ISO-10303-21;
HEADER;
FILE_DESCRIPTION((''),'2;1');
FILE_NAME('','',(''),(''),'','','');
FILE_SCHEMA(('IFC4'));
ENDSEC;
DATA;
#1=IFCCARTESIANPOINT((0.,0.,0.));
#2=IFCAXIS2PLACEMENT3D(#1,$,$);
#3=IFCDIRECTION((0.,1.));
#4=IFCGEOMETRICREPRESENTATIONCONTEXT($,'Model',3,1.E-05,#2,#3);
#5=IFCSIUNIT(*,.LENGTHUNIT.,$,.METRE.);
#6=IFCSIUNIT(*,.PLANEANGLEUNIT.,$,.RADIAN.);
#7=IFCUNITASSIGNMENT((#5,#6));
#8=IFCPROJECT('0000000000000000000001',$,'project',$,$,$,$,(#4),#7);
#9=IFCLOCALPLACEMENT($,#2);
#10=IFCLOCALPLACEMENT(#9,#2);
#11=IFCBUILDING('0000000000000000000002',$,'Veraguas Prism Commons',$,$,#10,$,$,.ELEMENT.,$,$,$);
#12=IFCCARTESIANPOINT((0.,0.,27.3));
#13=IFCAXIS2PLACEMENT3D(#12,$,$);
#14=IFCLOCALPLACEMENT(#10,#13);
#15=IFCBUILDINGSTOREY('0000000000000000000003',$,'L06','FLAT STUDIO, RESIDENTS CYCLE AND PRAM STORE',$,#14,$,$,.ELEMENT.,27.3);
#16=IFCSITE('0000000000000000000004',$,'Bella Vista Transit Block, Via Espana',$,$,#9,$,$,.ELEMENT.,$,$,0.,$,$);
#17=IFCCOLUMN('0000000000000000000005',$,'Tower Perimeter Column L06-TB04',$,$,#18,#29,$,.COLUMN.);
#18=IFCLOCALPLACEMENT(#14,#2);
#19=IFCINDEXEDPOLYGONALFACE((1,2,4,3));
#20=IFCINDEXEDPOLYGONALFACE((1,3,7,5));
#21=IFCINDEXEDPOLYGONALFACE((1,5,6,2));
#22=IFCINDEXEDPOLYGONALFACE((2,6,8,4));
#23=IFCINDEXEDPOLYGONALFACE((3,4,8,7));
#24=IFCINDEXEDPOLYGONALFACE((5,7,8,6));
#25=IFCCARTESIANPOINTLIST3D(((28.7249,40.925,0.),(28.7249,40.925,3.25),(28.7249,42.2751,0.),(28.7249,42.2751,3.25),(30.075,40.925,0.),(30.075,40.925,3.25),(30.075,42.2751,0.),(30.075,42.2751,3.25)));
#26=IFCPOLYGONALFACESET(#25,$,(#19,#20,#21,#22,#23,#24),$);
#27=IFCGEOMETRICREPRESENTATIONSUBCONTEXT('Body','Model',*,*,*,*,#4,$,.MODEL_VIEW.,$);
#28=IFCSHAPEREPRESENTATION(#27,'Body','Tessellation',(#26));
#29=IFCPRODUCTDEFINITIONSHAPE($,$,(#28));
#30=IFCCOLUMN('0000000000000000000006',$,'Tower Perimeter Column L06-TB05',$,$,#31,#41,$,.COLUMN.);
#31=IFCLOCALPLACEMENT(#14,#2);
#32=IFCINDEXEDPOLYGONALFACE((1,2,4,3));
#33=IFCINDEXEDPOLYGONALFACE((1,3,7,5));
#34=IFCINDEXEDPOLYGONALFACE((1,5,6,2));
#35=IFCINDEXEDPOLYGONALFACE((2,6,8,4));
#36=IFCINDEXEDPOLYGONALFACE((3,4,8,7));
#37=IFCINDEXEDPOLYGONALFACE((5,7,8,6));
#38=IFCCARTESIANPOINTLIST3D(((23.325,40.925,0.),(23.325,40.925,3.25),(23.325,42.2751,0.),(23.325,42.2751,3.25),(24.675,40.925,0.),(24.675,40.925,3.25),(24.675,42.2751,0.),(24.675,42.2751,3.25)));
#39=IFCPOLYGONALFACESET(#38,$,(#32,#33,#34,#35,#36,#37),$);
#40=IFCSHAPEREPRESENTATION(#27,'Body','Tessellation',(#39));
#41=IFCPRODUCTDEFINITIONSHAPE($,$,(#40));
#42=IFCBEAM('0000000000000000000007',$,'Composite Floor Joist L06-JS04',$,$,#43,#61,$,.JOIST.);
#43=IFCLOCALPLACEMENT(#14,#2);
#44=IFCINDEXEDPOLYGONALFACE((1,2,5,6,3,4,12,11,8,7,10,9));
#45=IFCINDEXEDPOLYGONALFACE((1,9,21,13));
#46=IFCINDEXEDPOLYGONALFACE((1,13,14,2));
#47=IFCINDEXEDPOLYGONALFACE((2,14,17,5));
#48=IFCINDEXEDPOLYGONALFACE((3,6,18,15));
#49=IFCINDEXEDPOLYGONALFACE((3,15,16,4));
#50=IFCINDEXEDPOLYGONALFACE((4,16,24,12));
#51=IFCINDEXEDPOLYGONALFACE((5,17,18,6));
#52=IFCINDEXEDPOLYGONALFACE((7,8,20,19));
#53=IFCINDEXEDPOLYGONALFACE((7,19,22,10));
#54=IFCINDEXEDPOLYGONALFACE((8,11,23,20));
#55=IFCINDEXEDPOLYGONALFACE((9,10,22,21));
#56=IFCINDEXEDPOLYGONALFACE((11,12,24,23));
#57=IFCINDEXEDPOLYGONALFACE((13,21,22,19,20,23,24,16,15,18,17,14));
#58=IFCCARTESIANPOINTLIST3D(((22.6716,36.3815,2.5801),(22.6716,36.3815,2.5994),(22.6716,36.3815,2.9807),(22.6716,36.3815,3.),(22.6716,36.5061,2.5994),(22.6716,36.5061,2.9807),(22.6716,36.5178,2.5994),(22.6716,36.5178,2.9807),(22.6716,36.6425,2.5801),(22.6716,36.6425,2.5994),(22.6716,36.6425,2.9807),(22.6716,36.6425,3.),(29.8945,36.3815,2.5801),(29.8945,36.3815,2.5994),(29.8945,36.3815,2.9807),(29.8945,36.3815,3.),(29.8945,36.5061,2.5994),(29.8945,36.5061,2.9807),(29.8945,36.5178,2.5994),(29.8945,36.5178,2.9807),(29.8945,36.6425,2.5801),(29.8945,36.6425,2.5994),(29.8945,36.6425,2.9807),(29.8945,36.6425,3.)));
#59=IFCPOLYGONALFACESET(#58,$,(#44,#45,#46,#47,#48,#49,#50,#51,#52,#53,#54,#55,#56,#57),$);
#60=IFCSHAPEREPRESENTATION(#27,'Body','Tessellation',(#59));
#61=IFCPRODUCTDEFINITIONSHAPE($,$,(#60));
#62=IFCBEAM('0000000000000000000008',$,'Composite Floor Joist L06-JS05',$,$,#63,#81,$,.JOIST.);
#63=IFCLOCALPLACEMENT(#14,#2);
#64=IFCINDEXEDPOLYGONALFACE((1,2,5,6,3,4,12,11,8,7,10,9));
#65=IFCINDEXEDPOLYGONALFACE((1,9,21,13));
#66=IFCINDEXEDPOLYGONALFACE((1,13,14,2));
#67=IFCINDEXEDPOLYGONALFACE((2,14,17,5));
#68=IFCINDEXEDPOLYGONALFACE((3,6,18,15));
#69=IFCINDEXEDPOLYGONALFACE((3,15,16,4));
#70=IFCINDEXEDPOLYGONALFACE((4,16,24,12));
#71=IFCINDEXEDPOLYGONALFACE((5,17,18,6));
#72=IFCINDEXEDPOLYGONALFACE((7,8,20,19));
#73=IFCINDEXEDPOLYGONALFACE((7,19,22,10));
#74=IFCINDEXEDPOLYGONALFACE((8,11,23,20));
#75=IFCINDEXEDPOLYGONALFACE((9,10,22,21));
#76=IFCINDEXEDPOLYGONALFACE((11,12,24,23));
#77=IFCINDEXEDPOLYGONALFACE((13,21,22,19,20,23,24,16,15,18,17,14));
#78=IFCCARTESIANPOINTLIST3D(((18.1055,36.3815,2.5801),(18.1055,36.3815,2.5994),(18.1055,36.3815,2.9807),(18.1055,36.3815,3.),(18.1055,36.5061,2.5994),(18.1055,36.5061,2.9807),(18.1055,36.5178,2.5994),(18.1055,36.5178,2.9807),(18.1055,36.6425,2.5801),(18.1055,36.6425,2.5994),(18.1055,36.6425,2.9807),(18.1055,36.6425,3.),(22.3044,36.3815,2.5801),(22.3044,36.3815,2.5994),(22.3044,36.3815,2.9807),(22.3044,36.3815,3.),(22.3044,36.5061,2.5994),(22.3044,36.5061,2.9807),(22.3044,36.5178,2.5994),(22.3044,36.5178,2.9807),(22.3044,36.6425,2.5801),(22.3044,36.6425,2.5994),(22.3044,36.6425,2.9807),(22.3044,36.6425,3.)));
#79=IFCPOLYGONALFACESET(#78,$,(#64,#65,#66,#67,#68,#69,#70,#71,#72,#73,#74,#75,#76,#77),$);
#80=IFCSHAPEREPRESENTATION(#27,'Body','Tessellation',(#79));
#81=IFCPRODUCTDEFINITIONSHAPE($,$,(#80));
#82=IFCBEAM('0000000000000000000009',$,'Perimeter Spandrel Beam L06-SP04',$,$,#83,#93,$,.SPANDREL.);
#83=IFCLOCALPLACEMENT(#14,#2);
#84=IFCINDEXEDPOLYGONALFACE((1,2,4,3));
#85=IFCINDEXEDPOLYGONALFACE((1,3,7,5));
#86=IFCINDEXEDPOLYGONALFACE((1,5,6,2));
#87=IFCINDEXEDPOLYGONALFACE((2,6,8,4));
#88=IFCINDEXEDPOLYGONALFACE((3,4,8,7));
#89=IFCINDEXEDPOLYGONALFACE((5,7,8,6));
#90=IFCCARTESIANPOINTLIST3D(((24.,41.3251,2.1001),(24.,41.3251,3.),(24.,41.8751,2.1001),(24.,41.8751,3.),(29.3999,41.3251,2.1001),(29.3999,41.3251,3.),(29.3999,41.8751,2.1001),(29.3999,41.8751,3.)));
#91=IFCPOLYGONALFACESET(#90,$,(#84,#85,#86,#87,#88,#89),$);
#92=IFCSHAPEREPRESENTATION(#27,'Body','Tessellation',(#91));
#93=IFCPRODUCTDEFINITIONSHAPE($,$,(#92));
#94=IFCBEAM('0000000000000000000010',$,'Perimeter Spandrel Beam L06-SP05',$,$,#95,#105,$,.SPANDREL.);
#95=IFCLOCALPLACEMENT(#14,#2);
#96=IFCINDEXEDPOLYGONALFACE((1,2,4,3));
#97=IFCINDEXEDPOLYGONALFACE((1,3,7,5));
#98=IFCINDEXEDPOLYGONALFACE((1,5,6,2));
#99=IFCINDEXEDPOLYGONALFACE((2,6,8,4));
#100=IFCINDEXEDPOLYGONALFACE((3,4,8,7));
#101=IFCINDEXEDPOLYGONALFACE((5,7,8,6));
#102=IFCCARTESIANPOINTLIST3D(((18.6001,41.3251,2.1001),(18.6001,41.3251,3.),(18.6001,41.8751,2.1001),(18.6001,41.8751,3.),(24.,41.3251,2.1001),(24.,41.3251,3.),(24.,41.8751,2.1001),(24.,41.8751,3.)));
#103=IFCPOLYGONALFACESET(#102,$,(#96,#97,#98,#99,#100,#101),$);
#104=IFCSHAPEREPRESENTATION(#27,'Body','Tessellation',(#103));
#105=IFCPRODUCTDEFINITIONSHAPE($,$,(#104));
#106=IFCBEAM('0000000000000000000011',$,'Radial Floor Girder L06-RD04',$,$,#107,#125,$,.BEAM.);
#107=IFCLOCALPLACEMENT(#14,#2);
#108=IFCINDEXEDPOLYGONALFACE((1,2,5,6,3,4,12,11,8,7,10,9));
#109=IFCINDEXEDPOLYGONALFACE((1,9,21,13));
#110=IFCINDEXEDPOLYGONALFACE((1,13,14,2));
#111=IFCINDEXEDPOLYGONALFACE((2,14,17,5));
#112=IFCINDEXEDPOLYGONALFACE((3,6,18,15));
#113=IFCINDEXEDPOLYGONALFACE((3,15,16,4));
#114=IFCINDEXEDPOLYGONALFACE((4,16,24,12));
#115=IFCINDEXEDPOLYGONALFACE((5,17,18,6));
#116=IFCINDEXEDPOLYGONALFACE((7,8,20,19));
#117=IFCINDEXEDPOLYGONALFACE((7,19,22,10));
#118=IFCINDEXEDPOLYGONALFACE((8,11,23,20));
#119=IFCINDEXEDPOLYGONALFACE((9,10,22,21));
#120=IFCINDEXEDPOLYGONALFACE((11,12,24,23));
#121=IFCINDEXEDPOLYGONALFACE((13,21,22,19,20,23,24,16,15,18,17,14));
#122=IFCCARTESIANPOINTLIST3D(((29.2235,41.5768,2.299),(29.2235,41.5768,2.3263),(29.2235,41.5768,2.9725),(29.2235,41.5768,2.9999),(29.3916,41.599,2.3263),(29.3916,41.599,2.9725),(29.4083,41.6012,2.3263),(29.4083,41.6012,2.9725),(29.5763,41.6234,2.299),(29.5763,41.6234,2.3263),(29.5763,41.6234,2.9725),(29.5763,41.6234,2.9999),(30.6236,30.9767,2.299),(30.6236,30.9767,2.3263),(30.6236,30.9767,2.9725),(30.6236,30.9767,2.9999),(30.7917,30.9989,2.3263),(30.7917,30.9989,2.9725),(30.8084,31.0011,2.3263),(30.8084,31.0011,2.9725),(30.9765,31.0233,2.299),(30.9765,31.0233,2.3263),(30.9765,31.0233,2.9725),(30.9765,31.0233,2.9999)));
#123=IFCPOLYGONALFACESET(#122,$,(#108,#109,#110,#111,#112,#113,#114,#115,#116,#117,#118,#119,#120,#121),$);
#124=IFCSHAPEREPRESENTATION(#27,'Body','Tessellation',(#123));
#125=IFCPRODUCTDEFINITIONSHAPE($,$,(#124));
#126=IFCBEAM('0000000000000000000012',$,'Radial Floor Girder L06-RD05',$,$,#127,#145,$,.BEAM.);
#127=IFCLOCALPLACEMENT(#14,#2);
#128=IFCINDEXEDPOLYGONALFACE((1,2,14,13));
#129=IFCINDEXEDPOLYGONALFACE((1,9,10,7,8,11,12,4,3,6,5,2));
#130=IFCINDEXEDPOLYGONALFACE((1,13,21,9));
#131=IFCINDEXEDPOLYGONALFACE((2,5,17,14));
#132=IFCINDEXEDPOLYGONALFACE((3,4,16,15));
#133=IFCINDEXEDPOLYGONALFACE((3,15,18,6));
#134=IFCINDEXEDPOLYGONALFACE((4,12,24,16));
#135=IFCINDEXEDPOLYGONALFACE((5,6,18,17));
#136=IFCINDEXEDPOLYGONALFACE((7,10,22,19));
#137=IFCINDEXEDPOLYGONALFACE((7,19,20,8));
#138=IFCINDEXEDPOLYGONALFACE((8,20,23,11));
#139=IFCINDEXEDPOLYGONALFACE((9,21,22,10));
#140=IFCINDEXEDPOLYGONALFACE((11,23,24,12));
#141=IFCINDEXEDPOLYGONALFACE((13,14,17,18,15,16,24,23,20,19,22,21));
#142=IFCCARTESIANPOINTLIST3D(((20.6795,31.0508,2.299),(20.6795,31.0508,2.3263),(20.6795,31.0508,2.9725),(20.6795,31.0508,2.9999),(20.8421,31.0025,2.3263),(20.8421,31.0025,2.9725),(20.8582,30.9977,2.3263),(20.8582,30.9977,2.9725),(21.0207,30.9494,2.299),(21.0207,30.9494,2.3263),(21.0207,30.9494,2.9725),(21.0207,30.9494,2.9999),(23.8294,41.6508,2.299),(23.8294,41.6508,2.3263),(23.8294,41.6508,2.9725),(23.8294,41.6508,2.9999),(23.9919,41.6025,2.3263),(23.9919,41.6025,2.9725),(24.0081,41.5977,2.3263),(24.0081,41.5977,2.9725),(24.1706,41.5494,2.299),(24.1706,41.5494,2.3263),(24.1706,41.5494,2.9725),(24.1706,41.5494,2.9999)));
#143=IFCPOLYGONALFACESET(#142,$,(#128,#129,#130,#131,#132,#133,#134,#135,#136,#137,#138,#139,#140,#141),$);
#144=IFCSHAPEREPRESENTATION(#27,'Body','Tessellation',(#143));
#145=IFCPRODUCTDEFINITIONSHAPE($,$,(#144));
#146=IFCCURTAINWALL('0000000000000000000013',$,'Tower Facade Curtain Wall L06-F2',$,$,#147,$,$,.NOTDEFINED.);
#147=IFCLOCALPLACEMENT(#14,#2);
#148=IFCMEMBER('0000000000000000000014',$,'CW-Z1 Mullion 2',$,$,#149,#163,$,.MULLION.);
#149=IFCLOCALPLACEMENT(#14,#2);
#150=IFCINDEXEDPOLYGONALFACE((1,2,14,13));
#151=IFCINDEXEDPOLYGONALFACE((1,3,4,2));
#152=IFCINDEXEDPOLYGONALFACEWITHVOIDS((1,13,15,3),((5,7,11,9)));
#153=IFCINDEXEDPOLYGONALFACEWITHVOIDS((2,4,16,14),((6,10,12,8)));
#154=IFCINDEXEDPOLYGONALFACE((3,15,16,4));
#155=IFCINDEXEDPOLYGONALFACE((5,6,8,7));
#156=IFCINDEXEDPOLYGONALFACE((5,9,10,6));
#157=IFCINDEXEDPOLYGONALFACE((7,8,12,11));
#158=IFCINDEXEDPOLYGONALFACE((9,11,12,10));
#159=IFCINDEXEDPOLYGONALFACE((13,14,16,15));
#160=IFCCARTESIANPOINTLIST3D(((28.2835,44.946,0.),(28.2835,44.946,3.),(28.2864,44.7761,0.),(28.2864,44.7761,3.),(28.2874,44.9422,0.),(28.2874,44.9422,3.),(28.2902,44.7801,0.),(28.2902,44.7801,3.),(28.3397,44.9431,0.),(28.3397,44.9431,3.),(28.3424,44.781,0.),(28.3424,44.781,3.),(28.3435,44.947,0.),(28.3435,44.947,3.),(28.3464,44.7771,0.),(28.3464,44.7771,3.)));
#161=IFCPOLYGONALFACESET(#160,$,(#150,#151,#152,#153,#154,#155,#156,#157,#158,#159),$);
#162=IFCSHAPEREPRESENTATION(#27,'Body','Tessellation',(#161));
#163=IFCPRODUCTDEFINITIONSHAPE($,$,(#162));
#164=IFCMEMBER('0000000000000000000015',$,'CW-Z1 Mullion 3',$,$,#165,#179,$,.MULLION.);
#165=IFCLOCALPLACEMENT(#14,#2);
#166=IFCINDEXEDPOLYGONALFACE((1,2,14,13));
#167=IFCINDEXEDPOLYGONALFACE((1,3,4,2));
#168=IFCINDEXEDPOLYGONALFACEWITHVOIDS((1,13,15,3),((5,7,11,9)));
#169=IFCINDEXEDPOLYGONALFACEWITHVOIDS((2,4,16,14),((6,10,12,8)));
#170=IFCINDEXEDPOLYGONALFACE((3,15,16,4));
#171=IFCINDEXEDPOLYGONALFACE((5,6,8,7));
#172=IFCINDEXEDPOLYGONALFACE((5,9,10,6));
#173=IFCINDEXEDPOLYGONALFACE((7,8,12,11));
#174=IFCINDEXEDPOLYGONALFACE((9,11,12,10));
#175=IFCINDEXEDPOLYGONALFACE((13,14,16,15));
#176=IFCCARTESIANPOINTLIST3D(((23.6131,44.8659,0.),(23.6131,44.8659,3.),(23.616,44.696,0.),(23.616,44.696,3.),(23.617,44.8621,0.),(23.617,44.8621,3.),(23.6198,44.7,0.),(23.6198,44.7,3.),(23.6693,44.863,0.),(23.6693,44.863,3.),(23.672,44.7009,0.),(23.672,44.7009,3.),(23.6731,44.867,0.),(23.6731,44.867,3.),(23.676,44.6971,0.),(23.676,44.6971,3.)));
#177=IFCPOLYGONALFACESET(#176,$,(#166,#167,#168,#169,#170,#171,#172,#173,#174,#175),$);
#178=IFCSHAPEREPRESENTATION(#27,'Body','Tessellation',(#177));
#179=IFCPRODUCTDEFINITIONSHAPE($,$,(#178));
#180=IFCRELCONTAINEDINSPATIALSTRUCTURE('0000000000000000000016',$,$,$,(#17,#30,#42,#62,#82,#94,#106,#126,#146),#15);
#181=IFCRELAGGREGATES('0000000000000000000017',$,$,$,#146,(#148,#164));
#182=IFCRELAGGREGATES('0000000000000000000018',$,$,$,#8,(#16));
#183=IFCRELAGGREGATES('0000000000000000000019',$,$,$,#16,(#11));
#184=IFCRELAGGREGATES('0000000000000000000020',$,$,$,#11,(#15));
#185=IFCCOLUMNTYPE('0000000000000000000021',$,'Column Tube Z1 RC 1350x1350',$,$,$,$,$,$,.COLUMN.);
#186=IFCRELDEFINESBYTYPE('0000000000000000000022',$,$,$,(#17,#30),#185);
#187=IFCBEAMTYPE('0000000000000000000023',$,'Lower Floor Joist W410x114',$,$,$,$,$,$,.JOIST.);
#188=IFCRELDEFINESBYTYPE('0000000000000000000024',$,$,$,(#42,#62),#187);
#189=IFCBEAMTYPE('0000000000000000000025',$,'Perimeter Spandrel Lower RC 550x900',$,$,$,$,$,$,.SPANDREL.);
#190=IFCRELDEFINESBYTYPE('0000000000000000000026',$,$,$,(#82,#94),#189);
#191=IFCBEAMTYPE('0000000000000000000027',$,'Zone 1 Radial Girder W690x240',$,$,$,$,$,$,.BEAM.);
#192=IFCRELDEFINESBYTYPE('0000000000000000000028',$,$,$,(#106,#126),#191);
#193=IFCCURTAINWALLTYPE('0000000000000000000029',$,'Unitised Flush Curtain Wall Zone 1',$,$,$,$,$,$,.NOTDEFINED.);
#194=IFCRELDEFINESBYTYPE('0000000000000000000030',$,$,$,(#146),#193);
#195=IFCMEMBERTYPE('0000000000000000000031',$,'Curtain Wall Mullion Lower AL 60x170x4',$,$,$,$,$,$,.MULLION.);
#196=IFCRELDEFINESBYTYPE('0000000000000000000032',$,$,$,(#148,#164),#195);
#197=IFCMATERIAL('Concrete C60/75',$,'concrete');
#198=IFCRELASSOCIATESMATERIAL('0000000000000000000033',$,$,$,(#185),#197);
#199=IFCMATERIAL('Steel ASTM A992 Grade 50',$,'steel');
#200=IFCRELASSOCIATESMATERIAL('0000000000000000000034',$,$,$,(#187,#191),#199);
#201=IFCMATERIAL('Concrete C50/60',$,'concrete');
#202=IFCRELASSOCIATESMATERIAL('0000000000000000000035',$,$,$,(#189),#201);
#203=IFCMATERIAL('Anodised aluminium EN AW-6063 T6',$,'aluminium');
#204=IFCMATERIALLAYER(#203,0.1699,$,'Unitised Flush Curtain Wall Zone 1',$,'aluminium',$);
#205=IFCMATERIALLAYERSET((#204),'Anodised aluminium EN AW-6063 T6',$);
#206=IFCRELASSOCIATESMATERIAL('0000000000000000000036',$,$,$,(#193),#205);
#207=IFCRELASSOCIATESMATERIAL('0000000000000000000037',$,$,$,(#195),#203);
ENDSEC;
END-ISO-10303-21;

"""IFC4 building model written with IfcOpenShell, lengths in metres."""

from ifc_helpers import new_model, si_unit, direction, frame, origin, origin_2d, place, context, subcontext, project, spatial, rectangle, hollow_rectangle, i_section, extrude, source, transform, mapped, material, layer, layer_set, material_profile, profile_set, type_object, element, aggregate, save


model = new_model("IFC4")

# Units and contexts
model_context = context("Model", 3, precision=1e-05, world=origin(), true_north=direction((0.0, 1.0)))
body_context = subcontext(model_context, "Body", "Model", "MODEL_VIEW")
ifc_project = project(units=[si_unit("LENGTHUNIT", "METRE"), si_unit("PLANEANGLEUNIT", "RADIAN")], contexts=[model_context])

# Site, building, storey
site_placement = place(None, origin())
site = spatial("IfcSite", under=ifc_project, at=site_placement, Name="Bella Vista Transit Block, Via Espana", CompositionType="ELEMENT", RefElevation=0.0)
building_placement = place(site_placement, origin())
building = spatial("IfcBuilding", under=site, at=building_placement, Name="Veraguas Prism Commons", CompositionType="ELEMENT")
storey_placement = place(building_placement, frame((0.0, 0.0, 27.3)))
storey = spatial("IfcBuildingStorey", under=building, at=storey_placement, Name="L06", Description="FLAT STUDIO, RESIDENTS CYCLE AND PRAM STORE", CompositionType="ELEMENT", Elevation=27.3)

# Columns
ifc_material_1 = material(Name="Concrete C60/75", Category="concrete")
ifc_material_profile_1 = material_profile(ifc_material_1, rectangle(XDim=1.3501, YDim=1.3501, at=origin_2d()), Name="RC1350X1350")
ifc_profile_set_1 = profile_set([ifc_material_profile_1], Name="Concrete C60/75")
column_type = type_object("IfcColumnType", Name="Column Tube Z1 RC 1350x1350", PredefinedType="COLUMN", material=ifc_profile_set_1)
for number, where, z_axis, x_axis, name in (
    (1, (29.3999, 41.6001, 0.0), (0.0, 0.0, 1.0), (1.0, 0.0, 0.0), "Tower Perimeter Column L06-TB04"),
    (2, (24.0, 41.6001, 0.0), (0.0, 0.0, 1.0), (1.0, 0.0, 0.0), "Tower Perimeter Column L06-TB05"),
):
    element("IfcColumn", number, at=place(storey_placement, frame(where, z_axis=z_axis, x_axis=x_axis)), inside=storey, type_object=column_type, Name=name, PredefinedType="COLUMN", context=body_context, shape_type="SweptSolid", body=[
        extrude(rectangle(XDim=1.3501, YDim=1.3501, at=origin_2d()), origin(), (0.0, 0.0, 1.0), 3.25),
    ])

# Beams
ifc_material_2 = material(Name="Steel ASTM A992 Grade 50", Category="steel")
ifc_material_profile_2 = material_profile(ifc_material_2, i_section(OverallWidth=0.261, OverallDepth=0.4199, WebThickness=0.0117, FlangeThickness=0.0193, at=origin_2d()), Name="W410X114")
ifc_profile_set_2 = profile_set([ifc_material_profile_2], Name="Steel ASTM A992 Grade 50")
beam_type_1 = type_object("IfcBeamType", Name="Lower Floor Joist W410x114", PredefinedType="JOIST", material=ifc_profile_set_2)
beam_1_placement = place(storey_placement, frame((29.8945, 36.512, 2.79), z_axis=(-1.0, 0.0, 0.0), x_axis=(0.0, -1.0, 0.0)))
element("IfcBeam", 3, at=beam_1_placement, inside=storey, type_object=beam_type_1, Name="Composite Floor Joist L06-JS04", PredefinedType="JOIST", context=body_context, shape_type="SweptSolid", body=[
    extrude(i_section(OverallWidth=0.261, OverallDepth=0.4199, WebThickness=0.0117, FlangeThickness=0.0193, at=origin_2d()), origin(), (0.0, 0.0, 1.0), 7.2229),
])
beam_2_placement = place(storey_placement, frame((22.3044, 36.512, 2.79), z_axis=(-1.0, 0.0, 0.0), x_axis=(0.0, -1.0, 0.0)))
element("IfcBeam", 4, at=beam_2_placement, inside=storey, type_object=beam_type_1, Name="Composite Floor Joist L06-JS05", PredefinedType="JOIST", context=body_context, shape_type="SweptSolid", body=[
    extrude(i_section(OverallWidth=0.261, OverallDepth=0.4199, WebThickness=0.0117, FlangeThickness=0.0193, at=origin_2d()), origin(), (0.0, 0.0, 1.0), 4.199),
])
ifc_material_3 = material(Name="Concrete C50/60", Category="concrete")
ifc_material_profile_3 = material_profile(ifc_material_3, rectangle(XDim=0.55, YDim=0.8999, at=origin_2d()), Name="RC550X900")
ifc_profile_set_3 = profile_set([ifc_material_profile_3], Name="Concrete C50/60")
beam_type_2 = type_object("IfcBeamType", Name="Perimeter Spandrel Lower RC 550x900", PredefinedType="SPANDREL", material=ifc_profile_set_3)
for number, where, z_axis, x_axis, name in (
    (5, (29.3999, 41.6001, 2.55), (-1.0, 0.0, 0.0), (0.0, -1.0, 0.0), "Perimeter Spandrel Beam L06-SP04"),
    (6, (24.0, 41.6001, 2.55), (-1.0, 0.0, 0.0), (0.0, -1.0, 0.0), "Perimeter Spandrel Beam L06-SP05"),
):
    element("IfcBeam", number, at=place(storey_placement, frame(where, z_axis=z_axis, x_axis=x_axis)), inside=storey, type_object=beam_type_2, Name=name, PredefinedType="SPANDREL", context=body_context, shape_type="SweptSolid", body=[
        extrude(rectangle(XDim=0.55, YDim=0.8999, at=origin_2d()), origin(), (0.0, 0.0, 1.0), 5.3999),
    ])
ifc_material_profile_4 = material_profile(ifc_material_2, i_section(OverallWidth=0.356, OverallDepth=0.7009, WebThickness=0.0168, FlangeThickness=0.0273, at=origin_2d()), Name="W690X240")
ifc_profile_set_4 = profile_set([ifc_material_profile_4], Name="Steel ASTM A992 Grade 50")
beam_type_3 = type_object("IfcBeamType", Name="Zone 1 Radial Girder W690x240", PredefinedType="BEAM", material=ifc_profile_set_4)
beam_3_placement = place(storey_placement, frame((29.3999, 41.6001, 2.6494), z_axis=(0.130951, -0.991389, 0.0), x_axis=(0.991389, 0.130951, 0.0)))
element("IfcBeam", 7, at=beam_3_placement, inside=storey, type_object=beam_type_3, Name="Radial Floor Girder L06-RD04", PredefinedType="BEAM", context=body_context, shape_type="SweptSolid", body=[
    extrude(i_section(OverallWidth=0.356, OverallDepth=0.7009, WebThickness=0.0168, FlangeThickness=0.0273, at=origin_2d()), origin(), (0.0, 0.0, 1.0), 10.6921),
])
beam_4_placement = place(storey_placement, frame((24.0, 41.6001, 2.6494), z_axis=(-0.284847, -0.958573, 0.0), x_axis=(0.958573, -0.284847, 0.0)))
element("IfcBeam", 8, at=beam_4_placement, inside=storey, type_object=beam_type_3, Name="Radial Floor Girder L06-RD05", PredefinedType="BEAM", context=body_context, shape_type="SweptSolid", body=[
    extrude(i_section(OverallWidth=0.356, OverallDepth=0.7009, WebThickness=0.0168, FlangeThickness=0.0273, at=origin_2d()), origin(), (0.0, 0.0, 1.0), 11.0581),
])

# Curtain wall, members
ifc_material_4 = material(Name="Anodised aluminium EN AW-6063 T6", Category="aluminium")
ifc_layer_1 = layer(ifc_material_4, 0.1699, Name="Unitised Flush Curtain Wall Zone 1", Category="aluminium")
ifc_layer_set_1 = layer_set([ifc_layer_1], Name="Anodised aluminium EN AW-6063 T6")
curtain_wall_type = type_object("IfcCurtainWallType", Name="Unitised Flush Curtain Wall Zone 1", PredefinedType="NOTDEFINED", material=ifc_layer_set_1)
curtain_wall_placement = place(storey_placement, origin())
curtain_wall = element("IfcCurtainWall", 9, at=curtain_wall_placement, inside=storey, type_object=curtain_wall_type, Name="Tower Facade Curtain Wall L06-F2", PredefinedType="NOTDEFINED")
ifc_material_profile_5 = material_profile(ifc_material_4, hollow_rectangle(XDim=0.0601, YDim=0.1699, WallThickness=0.0039, at=origin_2d()), Name="AL60X170X4")
ifc_profile_set_5 = profile_set([ifc_material_profile_5], Name="Anodised aluminium EN AW-6063 T6")
member_type = type_object("IfcMemberType", Name="Curtain Wall Mullion Lower AL 60x170x4", PredefinedType="MULLION", material=ifc_profile_set_5)
shared_shape_1 = source(origin(), body_context, "Body", "SweptSolid", [
    extrude(hollow_rectangle(XDim=0.0601, YDim=0.1699, WallThickness=0.0039, at=origin_2d()), origin(), (0.0, 0.0, 1.0), 3.0),
])
member_1_placement = place(storey_placement, frame((28.3149, 44.8616, 0.0), z_axis=(0.0, 0.0, 1.0), x_axis=(-0.999854, -0.017105, 0.0)))
member_1 = element("IfcMember", 10, at=member_1_placement, type_object=member_type, Name="CW-Z1 Mullion 2", PredefinedType="MULLION", context=body_context, shape_type="MappedRepresentation", body=[
    mapped(shared_shape_1, transform((0.0, 0.0, 0.0), scale=1.0)),
])
member_2_placement = place(storey_placement, frame((23.6445, 44.7815, 0.0), z_axis=(0.0, 0.0, 1.0), x_axis=(-0.999854, -0.017105, 0.0)))
member_2 = element("IfcMember", 11, at=member_2_placement, type_object=member_type, Name="CW-Z1 Mullion 3", PredefinedType="MULLION", context=body_context, shape_type="MappedRepresentation", body=[
    mapped(shared_shape_1, transform((0.0, 0.0, 0.0), scale=1.0)),
])
aggregate(curtain_wall, [member_1, member_2])

save(model, "model.ifc")
